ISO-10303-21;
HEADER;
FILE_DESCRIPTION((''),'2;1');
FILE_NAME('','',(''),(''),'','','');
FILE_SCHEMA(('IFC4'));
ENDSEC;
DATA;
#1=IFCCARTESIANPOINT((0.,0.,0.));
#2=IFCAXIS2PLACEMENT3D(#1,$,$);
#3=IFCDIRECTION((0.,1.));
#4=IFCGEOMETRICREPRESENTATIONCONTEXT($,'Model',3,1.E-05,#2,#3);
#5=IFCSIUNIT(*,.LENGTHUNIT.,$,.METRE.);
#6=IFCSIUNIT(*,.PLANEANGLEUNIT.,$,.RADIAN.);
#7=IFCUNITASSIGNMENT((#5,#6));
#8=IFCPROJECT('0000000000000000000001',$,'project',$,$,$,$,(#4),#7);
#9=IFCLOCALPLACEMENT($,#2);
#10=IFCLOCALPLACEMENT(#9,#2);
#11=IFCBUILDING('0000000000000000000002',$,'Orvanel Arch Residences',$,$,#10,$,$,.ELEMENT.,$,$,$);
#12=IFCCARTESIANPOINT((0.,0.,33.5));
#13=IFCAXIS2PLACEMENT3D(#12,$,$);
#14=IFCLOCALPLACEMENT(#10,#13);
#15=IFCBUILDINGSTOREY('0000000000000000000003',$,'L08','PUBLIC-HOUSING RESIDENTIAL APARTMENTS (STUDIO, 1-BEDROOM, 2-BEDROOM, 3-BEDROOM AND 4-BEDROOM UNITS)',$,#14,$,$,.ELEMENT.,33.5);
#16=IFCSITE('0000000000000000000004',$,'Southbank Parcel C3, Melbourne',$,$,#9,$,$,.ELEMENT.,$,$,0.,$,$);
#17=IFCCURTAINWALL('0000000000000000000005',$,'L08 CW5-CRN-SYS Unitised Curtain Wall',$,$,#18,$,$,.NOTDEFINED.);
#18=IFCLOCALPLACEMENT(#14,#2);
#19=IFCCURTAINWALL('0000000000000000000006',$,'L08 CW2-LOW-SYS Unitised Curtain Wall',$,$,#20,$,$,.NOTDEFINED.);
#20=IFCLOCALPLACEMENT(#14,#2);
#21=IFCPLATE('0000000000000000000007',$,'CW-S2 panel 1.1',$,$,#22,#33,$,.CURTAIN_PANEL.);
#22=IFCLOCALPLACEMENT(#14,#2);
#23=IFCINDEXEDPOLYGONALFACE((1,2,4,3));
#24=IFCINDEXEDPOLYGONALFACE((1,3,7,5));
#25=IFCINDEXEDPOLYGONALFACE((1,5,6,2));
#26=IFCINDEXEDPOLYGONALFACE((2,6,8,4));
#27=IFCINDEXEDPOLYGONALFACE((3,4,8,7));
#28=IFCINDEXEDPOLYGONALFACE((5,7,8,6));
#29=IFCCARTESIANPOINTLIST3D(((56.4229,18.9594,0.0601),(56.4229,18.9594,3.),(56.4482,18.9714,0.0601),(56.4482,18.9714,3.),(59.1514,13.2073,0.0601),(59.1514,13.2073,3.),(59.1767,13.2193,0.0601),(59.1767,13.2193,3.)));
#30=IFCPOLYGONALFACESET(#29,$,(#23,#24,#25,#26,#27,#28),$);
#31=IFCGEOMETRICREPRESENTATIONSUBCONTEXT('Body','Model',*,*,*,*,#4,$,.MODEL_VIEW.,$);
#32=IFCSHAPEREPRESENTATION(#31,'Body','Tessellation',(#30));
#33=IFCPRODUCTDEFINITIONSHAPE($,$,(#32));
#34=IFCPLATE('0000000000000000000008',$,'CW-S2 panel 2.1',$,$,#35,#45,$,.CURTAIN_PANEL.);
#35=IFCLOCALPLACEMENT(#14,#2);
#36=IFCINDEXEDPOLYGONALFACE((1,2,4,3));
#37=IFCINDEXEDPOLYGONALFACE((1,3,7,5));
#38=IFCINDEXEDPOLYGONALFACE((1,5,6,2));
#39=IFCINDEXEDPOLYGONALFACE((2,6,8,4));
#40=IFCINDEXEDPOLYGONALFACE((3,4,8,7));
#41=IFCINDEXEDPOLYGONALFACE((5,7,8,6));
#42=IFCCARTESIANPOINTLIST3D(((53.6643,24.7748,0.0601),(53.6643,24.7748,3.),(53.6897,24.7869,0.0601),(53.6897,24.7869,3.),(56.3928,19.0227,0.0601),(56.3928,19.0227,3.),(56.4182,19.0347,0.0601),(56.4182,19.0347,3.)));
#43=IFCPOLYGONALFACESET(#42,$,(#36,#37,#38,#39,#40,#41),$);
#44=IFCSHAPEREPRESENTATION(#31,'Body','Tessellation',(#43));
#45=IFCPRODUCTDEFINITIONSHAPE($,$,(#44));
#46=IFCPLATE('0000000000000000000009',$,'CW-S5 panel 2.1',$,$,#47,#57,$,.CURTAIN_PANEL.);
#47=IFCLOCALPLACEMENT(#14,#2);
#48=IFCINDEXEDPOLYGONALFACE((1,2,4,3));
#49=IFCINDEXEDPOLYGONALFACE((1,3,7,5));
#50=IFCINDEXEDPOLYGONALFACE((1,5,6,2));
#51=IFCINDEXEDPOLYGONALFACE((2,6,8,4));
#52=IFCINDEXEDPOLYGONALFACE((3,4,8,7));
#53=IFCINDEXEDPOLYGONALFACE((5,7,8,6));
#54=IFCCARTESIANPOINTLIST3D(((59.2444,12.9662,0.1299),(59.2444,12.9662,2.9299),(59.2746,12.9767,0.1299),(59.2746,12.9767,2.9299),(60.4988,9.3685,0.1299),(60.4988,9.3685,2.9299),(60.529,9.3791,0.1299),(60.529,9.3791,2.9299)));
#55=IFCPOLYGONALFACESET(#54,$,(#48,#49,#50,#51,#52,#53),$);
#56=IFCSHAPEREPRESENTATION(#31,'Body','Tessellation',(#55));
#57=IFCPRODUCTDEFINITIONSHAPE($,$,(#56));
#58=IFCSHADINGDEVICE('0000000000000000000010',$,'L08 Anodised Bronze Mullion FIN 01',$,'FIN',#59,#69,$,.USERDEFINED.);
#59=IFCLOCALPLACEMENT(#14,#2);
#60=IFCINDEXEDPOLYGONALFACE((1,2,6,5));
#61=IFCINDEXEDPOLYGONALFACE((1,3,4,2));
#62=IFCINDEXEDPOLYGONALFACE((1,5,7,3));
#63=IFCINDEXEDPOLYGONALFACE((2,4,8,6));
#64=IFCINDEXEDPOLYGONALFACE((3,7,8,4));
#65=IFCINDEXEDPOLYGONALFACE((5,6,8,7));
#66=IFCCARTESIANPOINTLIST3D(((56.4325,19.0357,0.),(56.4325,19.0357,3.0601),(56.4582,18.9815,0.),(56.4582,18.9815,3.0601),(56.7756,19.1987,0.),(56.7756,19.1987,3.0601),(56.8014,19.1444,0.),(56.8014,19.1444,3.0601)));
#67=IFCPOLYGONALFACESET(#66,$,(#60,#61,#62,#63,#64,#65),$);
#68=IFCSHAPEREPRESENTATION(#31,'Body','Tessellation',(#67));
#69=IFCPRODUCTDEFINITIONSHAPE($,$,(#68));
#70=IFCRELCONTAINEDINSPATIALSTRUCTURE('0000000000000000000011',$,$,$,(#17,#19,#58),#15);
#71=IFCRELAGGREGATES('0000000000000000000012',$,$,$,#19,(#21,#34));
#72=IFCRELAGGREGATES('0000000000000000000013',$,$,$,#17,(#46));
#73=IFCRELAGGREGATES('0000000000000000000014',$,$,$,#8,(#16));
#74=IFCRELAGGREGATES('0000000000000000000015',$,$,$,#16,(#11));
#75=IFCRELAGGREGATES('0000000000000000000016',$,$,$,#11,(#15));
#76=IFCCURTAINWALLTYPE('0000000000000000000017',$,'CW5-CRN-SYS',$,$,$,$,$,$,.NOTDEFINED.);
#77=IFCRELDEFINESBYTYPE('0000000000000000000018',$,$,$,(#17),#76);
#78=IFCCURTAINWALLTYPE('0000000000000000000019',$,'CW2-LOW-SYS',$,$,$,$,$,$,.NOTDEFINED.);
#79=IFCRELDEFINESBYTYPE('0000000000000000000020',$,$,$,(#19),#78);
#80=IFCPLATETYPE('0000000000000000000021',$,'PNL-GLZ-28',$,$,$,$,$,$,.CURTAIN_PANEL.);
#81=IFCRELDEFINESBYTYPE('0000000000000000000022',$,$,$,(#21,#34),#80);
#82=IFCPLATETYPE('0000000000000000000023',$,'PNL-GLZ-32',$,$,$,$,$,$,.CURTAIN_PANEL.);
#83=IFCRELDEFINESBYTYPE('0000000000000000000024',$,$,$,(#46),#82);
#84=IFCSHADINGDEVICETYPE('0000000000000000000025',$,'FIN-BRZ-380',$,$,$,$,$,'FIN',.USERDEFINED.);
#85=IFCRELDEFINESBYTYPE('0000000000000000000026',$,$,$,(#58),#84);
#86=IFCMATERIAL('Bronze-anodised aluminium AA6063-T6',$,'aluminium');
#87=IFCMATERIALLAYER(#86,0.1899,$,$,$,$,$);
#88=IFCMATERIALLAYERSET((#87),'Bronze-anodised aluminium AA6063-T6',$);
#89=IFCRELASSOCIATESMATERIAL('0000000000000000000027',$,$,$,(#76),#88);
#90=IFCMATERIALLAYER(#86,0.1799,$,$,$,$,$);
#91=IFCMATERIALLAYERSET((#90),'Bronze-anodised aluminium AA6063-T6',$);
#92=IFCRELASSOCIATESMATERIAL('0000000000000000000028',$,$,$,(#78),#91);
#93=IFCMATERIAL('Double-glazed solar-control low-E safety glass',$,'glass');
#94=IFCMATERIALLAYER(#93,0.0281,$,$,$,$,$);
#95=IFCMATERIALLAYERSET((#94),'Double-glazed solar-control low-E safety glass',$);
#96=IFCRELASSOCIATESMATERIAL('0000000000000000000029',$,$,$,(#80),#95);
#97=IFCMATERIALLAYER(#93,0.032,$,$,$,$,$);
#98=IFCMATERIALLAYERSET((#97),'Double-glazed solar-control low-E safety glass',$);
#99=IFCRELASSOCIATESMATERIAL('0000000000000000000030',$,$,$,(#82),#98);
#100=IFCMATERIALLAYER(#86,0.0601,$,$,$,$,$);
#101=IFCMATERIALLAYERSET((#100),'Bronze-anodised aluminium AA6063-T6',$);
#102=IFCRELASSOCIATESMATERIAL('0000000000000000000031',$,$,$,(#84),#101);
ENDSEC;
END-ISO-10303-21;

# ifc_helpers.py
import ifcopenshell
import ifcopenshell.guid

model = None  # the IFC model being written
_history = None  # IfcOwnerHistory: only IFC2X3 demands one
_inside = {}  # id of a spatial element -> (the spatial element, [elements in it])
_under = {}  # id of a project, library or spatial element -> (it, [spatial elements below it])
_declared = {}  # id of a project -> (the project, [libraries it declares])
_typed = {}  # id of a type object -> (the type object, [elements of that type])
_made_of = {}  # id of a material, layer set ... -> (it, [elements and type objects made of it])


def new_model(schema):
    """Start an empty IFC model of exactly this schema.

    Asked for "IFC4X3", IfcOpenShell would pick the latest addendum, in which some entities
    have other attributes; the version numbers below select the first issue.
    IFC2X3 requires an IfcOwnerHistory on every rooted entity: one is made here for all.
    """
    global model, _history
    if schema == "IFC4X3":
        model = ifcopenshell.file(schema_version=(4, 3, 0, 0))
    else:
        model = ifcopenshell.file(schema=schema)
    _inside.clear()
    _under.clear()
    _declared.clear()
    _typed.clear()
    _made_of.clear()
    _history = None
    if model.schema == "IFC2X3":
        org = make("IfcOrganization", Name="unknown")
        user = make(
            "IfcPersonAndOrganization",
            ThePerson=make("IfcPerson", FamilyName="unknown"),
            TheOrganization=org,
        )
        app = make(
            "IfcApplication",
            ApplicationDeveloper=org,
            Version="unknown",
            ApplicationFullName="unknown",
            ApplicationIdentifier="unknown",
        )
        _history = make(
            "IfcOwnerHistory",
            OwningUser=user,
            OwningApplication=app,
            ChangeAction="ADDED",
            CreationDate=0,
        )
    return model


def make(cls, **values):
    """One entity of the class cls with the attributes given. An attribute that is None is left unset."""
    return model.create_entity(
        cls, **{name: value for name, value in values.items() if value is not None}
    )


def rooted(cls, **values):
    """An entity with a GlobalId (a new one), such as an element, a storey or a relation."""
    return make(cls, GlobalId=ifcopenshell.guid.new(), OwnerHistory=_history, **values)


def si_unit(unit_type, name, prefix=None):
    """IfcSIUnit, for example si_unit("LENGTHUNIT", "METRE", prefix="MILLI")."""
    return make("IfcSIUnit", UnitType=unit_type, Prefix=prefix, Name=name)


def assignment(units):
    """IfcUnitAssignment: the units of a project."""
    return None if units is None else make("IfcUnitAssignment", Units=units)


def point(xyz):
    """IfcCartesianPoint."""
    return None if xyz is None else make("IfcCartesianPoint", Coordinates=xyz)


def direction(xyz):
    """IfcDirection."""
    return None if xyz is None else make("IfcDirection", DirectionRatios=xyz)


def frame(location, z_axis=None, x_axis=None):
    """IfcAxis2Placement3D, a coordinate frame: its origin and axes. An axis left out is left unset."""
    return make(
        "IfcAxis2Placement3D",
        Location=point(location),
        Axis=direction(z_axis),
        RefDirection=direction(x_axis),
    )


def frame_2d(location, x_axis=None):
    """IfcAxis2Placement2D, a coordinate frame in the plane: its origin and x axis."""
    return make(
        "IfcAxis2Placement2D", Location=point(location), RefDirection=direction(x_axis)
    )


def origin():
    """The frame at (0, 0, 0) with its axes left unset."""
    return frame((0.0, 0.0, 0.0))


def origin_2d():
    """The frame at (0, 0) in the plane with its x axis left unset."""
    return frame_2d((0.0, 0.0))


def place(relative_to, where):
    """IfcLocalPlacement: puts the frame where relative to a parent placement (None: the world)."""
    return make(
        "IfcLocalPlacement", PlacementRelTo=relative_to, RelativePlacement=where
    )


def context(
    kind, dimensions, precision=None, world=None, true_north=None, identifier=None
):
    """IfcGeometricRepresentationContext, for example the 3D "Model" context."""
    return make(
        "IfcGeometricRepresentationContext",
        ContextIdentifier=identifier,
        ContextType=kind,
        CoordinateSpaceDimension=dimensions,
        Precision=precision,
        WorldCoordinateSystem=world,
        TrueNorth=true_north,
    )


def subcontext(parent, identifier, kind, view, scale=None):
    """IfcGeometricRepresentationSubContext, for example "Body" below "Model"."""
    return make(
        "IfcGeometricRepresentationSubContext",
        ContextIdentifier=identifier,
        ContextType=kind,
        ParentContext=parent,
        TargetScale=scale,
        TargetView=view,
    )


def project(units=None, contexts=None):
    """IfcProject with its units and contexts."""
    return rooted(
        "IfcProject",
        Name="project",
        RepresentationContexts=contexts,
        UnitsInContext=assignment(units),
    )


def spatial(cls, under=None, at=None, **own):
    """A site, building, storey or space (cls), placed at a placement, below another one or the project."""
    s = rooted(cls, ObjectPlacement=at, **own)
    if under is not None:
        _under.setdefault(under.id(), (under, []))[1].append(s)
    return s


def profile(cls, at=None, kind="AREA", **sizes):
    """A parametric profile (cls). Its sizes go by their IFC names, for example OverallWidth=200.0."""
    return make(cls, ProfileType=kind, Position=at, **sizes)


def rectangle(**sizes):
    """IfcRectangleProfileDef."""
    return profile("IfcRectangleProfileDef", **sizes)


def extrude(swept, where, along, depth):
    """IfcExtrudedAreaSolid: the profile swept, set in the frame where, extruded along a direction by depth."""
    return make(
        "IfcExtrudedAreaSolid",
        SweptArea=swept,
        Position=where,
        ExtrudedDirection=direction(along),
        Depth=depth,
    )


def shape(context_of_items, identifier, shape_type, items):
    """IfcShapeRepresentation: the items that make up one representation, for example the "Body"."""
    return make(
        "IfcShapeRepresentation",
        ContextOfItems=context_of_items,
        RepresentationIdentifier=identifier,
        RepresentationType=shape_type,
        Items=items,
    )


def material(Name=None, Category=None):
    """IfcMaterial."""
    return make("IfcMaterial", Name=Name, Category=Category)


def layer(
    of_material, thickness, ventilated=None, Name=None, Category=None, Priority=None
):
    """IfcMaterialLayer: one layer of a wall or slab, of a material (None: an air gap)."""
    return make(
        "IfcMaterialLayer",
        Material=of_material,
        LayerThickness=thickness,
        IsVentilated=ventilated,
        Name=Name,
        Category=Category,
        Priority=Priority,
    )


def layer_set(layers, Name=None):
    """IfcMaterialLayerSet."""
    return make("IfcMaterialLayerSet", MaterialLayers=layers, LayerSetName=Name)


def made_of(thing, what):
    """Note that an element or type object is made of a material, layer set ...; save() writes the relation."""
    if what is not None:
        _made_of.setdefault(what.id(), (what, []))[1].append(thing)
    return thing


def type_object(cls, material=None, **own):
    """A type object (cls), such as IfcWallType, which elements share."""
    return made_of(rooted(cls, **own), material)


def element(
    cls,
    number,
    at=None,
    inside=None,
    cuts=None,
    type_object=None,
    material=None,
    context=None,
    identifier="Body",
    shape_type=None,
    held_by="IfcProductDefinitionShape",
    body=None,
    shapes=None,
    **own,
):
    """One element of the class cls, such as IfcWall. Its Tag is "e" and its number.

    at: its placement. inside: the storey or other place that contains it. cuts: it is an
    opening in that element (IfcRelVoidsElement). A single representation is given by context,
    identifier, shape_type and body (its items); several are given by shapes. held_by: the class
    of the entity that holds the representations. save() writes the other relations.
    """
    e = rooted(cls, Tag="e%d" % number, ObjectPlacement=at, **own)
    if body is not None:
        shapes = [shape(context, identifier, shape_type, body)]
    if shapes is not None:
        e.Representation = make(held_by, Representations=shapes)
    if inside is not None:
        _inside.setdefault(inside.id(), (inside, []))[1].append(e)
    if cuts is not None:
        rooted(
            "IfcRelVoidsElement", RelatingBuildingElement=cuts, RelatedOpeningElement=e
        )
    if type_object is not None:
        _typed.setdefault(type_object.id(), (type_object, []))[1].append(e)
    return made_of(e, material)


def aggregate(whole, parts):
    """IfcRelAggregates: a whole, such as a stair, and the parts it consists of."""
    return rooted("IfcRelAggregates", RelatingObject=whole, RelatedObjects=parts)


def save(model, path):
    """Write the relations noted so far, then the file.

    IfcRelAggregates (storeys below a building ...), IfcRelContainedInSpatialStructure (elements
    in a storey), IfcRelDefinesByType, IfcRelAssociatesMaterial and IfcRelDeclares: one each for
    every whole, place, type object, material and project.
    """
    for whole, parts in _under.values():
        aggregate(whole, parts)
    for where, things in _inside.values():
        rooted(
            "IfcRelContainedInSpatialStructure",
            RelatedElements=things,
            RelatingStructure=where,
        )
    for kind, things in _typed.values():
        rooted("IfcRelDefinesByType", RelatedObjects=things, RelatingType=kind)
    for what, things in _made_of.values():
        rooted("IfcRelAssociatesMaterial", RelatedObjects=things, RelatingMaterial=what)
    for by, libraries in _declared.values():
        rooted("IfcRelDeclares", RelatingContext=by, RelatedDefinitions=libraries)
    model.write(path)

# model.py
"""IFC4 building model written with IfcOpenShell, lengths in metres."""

from ifc_helpers import new_model, si_unit, direction, frame, origin, origin_2d, place, context, subcontext, project, spatial, rectangle, extrude, material, layer, layer_set, type_object, element, aggregate, save


model = new_model("IFC4")

# Units and contexts
model_context = context("Model", 3, precision=1e-05, world=origin(), true_north=direction((0.0, 1.0)))
body_context = subcontext(model_context, "Body", "Model", "MODEL_VIEW")
ifc_project = project(units=[si_unit("LENGTHUNIT", "METRE"), si_unit("PLANEANGLEUNIT", "RADIAN")], contexts=[model_context])

# Site, building, storey
site_placement = place(None, origin())
site = spatial("IfcSite", under=ifc_project, at=site_placement, Name="Southbank Parcel C3, Melbourne", CompositionType="ELEMENT", RefElevation=0.0)
building_placement = place(site_placement, origin())
building = spatial("IfcBuilding", under=site, at=building_placement, Name="Orvanel Arch Residences", CompositionType="ELEMENT")
storey_placement = place(building_placement, frame((0.0, 0.0, 33.5)))
storey = spatial("IfcBuildingStorey", under=building, at=storey_placement, Name="L08", Description="PUBLIC-HOUSING RESIDENTIAL APARTMENTS (STUDIO, 1-BEDROOM, 2-BEDROOM, 3-BEDROOM AND 4-BEDROOM UNITS)", CompositionType="ELEMENT", Elevation=33.5)

# Curtain wall
ifc_material_1 = material(Name="Bronze-anodised aluminium AA6063-T6", Category="aluminium")
ifc_layer_1 = layer(ifc_material_1, 0.1899)
ifc_layer_set_1 = layer_set([ifc_layer_1], Name="Bronze-anodised aluminium AA6063-T6")
curtain_wall_type_1 = type_object("IfcCurtainWallType", Name="CW5-CRN-SYS", PredefinedType="NOTDEFINED", material=ifc_layer_set_1)
curtain_wall_1_placement = place(storey_placement, origin())
curtain_wall_1 = element("IfcCurtainWall", 1, at=curtain_wall_1_placement, inside=storey, type_object=curtain_wall_type_1, Name="L08 CW5-CRN-SYS Unitised Curtain Wall", PredefinedType="NOTDEFINED")

# Curtain wall
ifc_layer_2 = layer(ifc_material_1, 0.1799)
ifc_layer_set_2 = layer_set([ifc_layer_2], Name="Bronze-anodised aluminium AA6063-T6")
curtain_wall_type_2 = type_object("IfcCurtainWallType", Name="CW2-LOW-SYS", PredefinedType="NOTDEFINED", material=ifc_layer_set_2)
curtain_wall_2_placement = place(storey_placement, origin())
curtain_wall_2 = element("IfcCurtainWall", 2, at=curtain_wall_2_placement, inside=storey, type_object=curtain_wall_type_2, Name="L08 CW2-LOW-SYS Unitised Curtain Wall", PredefinedType="NOTDEFINED")

# Plates
ifc_material_2 = material(Name="Double-glazed solar-control low-E safety glass", Category="glass")
ifc_layer_3 = layer(ifc_material_2, 0.0281)
ifc_layer_set_3 = layer_set([ifc_layer_3], Name="Double-glazed solar-control low-E safety glass")
plate_type_1 = type_object("IfcPlateType", Name="PNL-GLZ-28", PredefinedType="CURTAIN_PANEL", material=ifc_layer_set_3)
plate_1_placement = place(storey_placement, frame((57.7998, 16.0894, 0.0601), z_axis=(0.0, 0.0, 1.0), x_axis=(-0.428575, 0.903506, 0.0)))
plate_1 = element("IfcPlate", 3, at=plate_1_placement, type_object=plate_type_1, Name="CW-S2 panel 1.1", PredefinedType="CURTAIN_PANEL", context=body_context, shape_type="SweptSolid", body=[
    extrude(rectangle(XDim=6.3665, YDim=0.0281, at=origin_2d()), origin(), (0.0, 0.0, 1.0), 2.9399),
])
plate_2_placement = place(storey_placement, frame((55.0413, 21.9048, 0.0601), z_axis=(0.0, 0.0, 1.0), x_axis=(-0.428575, 0.903506, 0.0)))
plate_2 = element("IfcPlate", 4, at=plate_2_placement, type_object=plate_type_1, Name="CW-S2 panel 2.1", PredefinedType="CURTAIN_PANEL", context=body_context, shape_type="SweptSolid", body=[
    extrude(rectangle(XDim=6.3665, YDim=0.0281, at=origin_2d()), origin(), (0.0, 0.0, 1.0), 2.9399),
])
aggregate(curtain_wall_2, [plate_1, plate_2])
ifc_layer_4 = layer(ifc_material_2, 0.032)
ifc_layer_set_4 = layer_set([ifc_layer_4], Name="Double-glazed solar-control low-E safety glass")
plate_type_2 = type_object("IfcPlateType", Name="PNL-GLZ-32", PredefinedType="CURTAIN_PANEL", material=ifc_layer_set_4)
plate_3_placement = place(storey_placement, frame((59.8867, 11.1726, 0.1299), z_axis=(0.0, 0.0, 1.0), x_axis=(-0.329246, 0.944244, 0.0)))
plate_3 = element("IfcPlate", 5, at=plate_3_placement, type_object=plate_type_2, Name="CW-S5 panel 2.1", PredefinedType="CURTAIN_PANEL", context=body_context, shape_type="SweptSolid", body=[
    extrude(rectangle(XDim=3.8101, YDim=0.032, at=origin_2d()), origin(), (0.0, 0.0, 1.0), 2.8),
])
aggregate(curtain_wall_1, [plate_3])

# Shading device
ifc_layer_5 = layer(ifc_material_1, 0.0601)
ifc_layer_set_5 = layer_set([ifc_layer_5], Name="Bronze-anodised aluminium AA6063-T6")
shading_device_type = type_object("IfcShadingDeviceType", Name="FIN-BRZ-380", ElementType="FIN", PredefinedType="USERDEFINED", material=ifc_layer_set_5)
shading_device_placement = place(storey_placement, frame((56.6169, 19.0901, 0.0), z_axis=(0.0, 0.0, 1.0), x_axis=(0.903335, 0.428935, 0.0)))
element("IfcShadingDevice", 6, at=shading_device_placement, inside=storey, type_object=shading_device_type, Name="L08 Anodised Bronze Mullion FIN 01", ObjectType="FIN", PredefinedType="USERDEFINED", context=body_context, shape_type="SweptSolid", body=[
    extrude(rectangle(XDim=0.3799, YDim=0.0601, at=origin_2d()), origin(), (0.0, 0.0, 1.0), 3.0601),
])

save(model, "model.ifc")
